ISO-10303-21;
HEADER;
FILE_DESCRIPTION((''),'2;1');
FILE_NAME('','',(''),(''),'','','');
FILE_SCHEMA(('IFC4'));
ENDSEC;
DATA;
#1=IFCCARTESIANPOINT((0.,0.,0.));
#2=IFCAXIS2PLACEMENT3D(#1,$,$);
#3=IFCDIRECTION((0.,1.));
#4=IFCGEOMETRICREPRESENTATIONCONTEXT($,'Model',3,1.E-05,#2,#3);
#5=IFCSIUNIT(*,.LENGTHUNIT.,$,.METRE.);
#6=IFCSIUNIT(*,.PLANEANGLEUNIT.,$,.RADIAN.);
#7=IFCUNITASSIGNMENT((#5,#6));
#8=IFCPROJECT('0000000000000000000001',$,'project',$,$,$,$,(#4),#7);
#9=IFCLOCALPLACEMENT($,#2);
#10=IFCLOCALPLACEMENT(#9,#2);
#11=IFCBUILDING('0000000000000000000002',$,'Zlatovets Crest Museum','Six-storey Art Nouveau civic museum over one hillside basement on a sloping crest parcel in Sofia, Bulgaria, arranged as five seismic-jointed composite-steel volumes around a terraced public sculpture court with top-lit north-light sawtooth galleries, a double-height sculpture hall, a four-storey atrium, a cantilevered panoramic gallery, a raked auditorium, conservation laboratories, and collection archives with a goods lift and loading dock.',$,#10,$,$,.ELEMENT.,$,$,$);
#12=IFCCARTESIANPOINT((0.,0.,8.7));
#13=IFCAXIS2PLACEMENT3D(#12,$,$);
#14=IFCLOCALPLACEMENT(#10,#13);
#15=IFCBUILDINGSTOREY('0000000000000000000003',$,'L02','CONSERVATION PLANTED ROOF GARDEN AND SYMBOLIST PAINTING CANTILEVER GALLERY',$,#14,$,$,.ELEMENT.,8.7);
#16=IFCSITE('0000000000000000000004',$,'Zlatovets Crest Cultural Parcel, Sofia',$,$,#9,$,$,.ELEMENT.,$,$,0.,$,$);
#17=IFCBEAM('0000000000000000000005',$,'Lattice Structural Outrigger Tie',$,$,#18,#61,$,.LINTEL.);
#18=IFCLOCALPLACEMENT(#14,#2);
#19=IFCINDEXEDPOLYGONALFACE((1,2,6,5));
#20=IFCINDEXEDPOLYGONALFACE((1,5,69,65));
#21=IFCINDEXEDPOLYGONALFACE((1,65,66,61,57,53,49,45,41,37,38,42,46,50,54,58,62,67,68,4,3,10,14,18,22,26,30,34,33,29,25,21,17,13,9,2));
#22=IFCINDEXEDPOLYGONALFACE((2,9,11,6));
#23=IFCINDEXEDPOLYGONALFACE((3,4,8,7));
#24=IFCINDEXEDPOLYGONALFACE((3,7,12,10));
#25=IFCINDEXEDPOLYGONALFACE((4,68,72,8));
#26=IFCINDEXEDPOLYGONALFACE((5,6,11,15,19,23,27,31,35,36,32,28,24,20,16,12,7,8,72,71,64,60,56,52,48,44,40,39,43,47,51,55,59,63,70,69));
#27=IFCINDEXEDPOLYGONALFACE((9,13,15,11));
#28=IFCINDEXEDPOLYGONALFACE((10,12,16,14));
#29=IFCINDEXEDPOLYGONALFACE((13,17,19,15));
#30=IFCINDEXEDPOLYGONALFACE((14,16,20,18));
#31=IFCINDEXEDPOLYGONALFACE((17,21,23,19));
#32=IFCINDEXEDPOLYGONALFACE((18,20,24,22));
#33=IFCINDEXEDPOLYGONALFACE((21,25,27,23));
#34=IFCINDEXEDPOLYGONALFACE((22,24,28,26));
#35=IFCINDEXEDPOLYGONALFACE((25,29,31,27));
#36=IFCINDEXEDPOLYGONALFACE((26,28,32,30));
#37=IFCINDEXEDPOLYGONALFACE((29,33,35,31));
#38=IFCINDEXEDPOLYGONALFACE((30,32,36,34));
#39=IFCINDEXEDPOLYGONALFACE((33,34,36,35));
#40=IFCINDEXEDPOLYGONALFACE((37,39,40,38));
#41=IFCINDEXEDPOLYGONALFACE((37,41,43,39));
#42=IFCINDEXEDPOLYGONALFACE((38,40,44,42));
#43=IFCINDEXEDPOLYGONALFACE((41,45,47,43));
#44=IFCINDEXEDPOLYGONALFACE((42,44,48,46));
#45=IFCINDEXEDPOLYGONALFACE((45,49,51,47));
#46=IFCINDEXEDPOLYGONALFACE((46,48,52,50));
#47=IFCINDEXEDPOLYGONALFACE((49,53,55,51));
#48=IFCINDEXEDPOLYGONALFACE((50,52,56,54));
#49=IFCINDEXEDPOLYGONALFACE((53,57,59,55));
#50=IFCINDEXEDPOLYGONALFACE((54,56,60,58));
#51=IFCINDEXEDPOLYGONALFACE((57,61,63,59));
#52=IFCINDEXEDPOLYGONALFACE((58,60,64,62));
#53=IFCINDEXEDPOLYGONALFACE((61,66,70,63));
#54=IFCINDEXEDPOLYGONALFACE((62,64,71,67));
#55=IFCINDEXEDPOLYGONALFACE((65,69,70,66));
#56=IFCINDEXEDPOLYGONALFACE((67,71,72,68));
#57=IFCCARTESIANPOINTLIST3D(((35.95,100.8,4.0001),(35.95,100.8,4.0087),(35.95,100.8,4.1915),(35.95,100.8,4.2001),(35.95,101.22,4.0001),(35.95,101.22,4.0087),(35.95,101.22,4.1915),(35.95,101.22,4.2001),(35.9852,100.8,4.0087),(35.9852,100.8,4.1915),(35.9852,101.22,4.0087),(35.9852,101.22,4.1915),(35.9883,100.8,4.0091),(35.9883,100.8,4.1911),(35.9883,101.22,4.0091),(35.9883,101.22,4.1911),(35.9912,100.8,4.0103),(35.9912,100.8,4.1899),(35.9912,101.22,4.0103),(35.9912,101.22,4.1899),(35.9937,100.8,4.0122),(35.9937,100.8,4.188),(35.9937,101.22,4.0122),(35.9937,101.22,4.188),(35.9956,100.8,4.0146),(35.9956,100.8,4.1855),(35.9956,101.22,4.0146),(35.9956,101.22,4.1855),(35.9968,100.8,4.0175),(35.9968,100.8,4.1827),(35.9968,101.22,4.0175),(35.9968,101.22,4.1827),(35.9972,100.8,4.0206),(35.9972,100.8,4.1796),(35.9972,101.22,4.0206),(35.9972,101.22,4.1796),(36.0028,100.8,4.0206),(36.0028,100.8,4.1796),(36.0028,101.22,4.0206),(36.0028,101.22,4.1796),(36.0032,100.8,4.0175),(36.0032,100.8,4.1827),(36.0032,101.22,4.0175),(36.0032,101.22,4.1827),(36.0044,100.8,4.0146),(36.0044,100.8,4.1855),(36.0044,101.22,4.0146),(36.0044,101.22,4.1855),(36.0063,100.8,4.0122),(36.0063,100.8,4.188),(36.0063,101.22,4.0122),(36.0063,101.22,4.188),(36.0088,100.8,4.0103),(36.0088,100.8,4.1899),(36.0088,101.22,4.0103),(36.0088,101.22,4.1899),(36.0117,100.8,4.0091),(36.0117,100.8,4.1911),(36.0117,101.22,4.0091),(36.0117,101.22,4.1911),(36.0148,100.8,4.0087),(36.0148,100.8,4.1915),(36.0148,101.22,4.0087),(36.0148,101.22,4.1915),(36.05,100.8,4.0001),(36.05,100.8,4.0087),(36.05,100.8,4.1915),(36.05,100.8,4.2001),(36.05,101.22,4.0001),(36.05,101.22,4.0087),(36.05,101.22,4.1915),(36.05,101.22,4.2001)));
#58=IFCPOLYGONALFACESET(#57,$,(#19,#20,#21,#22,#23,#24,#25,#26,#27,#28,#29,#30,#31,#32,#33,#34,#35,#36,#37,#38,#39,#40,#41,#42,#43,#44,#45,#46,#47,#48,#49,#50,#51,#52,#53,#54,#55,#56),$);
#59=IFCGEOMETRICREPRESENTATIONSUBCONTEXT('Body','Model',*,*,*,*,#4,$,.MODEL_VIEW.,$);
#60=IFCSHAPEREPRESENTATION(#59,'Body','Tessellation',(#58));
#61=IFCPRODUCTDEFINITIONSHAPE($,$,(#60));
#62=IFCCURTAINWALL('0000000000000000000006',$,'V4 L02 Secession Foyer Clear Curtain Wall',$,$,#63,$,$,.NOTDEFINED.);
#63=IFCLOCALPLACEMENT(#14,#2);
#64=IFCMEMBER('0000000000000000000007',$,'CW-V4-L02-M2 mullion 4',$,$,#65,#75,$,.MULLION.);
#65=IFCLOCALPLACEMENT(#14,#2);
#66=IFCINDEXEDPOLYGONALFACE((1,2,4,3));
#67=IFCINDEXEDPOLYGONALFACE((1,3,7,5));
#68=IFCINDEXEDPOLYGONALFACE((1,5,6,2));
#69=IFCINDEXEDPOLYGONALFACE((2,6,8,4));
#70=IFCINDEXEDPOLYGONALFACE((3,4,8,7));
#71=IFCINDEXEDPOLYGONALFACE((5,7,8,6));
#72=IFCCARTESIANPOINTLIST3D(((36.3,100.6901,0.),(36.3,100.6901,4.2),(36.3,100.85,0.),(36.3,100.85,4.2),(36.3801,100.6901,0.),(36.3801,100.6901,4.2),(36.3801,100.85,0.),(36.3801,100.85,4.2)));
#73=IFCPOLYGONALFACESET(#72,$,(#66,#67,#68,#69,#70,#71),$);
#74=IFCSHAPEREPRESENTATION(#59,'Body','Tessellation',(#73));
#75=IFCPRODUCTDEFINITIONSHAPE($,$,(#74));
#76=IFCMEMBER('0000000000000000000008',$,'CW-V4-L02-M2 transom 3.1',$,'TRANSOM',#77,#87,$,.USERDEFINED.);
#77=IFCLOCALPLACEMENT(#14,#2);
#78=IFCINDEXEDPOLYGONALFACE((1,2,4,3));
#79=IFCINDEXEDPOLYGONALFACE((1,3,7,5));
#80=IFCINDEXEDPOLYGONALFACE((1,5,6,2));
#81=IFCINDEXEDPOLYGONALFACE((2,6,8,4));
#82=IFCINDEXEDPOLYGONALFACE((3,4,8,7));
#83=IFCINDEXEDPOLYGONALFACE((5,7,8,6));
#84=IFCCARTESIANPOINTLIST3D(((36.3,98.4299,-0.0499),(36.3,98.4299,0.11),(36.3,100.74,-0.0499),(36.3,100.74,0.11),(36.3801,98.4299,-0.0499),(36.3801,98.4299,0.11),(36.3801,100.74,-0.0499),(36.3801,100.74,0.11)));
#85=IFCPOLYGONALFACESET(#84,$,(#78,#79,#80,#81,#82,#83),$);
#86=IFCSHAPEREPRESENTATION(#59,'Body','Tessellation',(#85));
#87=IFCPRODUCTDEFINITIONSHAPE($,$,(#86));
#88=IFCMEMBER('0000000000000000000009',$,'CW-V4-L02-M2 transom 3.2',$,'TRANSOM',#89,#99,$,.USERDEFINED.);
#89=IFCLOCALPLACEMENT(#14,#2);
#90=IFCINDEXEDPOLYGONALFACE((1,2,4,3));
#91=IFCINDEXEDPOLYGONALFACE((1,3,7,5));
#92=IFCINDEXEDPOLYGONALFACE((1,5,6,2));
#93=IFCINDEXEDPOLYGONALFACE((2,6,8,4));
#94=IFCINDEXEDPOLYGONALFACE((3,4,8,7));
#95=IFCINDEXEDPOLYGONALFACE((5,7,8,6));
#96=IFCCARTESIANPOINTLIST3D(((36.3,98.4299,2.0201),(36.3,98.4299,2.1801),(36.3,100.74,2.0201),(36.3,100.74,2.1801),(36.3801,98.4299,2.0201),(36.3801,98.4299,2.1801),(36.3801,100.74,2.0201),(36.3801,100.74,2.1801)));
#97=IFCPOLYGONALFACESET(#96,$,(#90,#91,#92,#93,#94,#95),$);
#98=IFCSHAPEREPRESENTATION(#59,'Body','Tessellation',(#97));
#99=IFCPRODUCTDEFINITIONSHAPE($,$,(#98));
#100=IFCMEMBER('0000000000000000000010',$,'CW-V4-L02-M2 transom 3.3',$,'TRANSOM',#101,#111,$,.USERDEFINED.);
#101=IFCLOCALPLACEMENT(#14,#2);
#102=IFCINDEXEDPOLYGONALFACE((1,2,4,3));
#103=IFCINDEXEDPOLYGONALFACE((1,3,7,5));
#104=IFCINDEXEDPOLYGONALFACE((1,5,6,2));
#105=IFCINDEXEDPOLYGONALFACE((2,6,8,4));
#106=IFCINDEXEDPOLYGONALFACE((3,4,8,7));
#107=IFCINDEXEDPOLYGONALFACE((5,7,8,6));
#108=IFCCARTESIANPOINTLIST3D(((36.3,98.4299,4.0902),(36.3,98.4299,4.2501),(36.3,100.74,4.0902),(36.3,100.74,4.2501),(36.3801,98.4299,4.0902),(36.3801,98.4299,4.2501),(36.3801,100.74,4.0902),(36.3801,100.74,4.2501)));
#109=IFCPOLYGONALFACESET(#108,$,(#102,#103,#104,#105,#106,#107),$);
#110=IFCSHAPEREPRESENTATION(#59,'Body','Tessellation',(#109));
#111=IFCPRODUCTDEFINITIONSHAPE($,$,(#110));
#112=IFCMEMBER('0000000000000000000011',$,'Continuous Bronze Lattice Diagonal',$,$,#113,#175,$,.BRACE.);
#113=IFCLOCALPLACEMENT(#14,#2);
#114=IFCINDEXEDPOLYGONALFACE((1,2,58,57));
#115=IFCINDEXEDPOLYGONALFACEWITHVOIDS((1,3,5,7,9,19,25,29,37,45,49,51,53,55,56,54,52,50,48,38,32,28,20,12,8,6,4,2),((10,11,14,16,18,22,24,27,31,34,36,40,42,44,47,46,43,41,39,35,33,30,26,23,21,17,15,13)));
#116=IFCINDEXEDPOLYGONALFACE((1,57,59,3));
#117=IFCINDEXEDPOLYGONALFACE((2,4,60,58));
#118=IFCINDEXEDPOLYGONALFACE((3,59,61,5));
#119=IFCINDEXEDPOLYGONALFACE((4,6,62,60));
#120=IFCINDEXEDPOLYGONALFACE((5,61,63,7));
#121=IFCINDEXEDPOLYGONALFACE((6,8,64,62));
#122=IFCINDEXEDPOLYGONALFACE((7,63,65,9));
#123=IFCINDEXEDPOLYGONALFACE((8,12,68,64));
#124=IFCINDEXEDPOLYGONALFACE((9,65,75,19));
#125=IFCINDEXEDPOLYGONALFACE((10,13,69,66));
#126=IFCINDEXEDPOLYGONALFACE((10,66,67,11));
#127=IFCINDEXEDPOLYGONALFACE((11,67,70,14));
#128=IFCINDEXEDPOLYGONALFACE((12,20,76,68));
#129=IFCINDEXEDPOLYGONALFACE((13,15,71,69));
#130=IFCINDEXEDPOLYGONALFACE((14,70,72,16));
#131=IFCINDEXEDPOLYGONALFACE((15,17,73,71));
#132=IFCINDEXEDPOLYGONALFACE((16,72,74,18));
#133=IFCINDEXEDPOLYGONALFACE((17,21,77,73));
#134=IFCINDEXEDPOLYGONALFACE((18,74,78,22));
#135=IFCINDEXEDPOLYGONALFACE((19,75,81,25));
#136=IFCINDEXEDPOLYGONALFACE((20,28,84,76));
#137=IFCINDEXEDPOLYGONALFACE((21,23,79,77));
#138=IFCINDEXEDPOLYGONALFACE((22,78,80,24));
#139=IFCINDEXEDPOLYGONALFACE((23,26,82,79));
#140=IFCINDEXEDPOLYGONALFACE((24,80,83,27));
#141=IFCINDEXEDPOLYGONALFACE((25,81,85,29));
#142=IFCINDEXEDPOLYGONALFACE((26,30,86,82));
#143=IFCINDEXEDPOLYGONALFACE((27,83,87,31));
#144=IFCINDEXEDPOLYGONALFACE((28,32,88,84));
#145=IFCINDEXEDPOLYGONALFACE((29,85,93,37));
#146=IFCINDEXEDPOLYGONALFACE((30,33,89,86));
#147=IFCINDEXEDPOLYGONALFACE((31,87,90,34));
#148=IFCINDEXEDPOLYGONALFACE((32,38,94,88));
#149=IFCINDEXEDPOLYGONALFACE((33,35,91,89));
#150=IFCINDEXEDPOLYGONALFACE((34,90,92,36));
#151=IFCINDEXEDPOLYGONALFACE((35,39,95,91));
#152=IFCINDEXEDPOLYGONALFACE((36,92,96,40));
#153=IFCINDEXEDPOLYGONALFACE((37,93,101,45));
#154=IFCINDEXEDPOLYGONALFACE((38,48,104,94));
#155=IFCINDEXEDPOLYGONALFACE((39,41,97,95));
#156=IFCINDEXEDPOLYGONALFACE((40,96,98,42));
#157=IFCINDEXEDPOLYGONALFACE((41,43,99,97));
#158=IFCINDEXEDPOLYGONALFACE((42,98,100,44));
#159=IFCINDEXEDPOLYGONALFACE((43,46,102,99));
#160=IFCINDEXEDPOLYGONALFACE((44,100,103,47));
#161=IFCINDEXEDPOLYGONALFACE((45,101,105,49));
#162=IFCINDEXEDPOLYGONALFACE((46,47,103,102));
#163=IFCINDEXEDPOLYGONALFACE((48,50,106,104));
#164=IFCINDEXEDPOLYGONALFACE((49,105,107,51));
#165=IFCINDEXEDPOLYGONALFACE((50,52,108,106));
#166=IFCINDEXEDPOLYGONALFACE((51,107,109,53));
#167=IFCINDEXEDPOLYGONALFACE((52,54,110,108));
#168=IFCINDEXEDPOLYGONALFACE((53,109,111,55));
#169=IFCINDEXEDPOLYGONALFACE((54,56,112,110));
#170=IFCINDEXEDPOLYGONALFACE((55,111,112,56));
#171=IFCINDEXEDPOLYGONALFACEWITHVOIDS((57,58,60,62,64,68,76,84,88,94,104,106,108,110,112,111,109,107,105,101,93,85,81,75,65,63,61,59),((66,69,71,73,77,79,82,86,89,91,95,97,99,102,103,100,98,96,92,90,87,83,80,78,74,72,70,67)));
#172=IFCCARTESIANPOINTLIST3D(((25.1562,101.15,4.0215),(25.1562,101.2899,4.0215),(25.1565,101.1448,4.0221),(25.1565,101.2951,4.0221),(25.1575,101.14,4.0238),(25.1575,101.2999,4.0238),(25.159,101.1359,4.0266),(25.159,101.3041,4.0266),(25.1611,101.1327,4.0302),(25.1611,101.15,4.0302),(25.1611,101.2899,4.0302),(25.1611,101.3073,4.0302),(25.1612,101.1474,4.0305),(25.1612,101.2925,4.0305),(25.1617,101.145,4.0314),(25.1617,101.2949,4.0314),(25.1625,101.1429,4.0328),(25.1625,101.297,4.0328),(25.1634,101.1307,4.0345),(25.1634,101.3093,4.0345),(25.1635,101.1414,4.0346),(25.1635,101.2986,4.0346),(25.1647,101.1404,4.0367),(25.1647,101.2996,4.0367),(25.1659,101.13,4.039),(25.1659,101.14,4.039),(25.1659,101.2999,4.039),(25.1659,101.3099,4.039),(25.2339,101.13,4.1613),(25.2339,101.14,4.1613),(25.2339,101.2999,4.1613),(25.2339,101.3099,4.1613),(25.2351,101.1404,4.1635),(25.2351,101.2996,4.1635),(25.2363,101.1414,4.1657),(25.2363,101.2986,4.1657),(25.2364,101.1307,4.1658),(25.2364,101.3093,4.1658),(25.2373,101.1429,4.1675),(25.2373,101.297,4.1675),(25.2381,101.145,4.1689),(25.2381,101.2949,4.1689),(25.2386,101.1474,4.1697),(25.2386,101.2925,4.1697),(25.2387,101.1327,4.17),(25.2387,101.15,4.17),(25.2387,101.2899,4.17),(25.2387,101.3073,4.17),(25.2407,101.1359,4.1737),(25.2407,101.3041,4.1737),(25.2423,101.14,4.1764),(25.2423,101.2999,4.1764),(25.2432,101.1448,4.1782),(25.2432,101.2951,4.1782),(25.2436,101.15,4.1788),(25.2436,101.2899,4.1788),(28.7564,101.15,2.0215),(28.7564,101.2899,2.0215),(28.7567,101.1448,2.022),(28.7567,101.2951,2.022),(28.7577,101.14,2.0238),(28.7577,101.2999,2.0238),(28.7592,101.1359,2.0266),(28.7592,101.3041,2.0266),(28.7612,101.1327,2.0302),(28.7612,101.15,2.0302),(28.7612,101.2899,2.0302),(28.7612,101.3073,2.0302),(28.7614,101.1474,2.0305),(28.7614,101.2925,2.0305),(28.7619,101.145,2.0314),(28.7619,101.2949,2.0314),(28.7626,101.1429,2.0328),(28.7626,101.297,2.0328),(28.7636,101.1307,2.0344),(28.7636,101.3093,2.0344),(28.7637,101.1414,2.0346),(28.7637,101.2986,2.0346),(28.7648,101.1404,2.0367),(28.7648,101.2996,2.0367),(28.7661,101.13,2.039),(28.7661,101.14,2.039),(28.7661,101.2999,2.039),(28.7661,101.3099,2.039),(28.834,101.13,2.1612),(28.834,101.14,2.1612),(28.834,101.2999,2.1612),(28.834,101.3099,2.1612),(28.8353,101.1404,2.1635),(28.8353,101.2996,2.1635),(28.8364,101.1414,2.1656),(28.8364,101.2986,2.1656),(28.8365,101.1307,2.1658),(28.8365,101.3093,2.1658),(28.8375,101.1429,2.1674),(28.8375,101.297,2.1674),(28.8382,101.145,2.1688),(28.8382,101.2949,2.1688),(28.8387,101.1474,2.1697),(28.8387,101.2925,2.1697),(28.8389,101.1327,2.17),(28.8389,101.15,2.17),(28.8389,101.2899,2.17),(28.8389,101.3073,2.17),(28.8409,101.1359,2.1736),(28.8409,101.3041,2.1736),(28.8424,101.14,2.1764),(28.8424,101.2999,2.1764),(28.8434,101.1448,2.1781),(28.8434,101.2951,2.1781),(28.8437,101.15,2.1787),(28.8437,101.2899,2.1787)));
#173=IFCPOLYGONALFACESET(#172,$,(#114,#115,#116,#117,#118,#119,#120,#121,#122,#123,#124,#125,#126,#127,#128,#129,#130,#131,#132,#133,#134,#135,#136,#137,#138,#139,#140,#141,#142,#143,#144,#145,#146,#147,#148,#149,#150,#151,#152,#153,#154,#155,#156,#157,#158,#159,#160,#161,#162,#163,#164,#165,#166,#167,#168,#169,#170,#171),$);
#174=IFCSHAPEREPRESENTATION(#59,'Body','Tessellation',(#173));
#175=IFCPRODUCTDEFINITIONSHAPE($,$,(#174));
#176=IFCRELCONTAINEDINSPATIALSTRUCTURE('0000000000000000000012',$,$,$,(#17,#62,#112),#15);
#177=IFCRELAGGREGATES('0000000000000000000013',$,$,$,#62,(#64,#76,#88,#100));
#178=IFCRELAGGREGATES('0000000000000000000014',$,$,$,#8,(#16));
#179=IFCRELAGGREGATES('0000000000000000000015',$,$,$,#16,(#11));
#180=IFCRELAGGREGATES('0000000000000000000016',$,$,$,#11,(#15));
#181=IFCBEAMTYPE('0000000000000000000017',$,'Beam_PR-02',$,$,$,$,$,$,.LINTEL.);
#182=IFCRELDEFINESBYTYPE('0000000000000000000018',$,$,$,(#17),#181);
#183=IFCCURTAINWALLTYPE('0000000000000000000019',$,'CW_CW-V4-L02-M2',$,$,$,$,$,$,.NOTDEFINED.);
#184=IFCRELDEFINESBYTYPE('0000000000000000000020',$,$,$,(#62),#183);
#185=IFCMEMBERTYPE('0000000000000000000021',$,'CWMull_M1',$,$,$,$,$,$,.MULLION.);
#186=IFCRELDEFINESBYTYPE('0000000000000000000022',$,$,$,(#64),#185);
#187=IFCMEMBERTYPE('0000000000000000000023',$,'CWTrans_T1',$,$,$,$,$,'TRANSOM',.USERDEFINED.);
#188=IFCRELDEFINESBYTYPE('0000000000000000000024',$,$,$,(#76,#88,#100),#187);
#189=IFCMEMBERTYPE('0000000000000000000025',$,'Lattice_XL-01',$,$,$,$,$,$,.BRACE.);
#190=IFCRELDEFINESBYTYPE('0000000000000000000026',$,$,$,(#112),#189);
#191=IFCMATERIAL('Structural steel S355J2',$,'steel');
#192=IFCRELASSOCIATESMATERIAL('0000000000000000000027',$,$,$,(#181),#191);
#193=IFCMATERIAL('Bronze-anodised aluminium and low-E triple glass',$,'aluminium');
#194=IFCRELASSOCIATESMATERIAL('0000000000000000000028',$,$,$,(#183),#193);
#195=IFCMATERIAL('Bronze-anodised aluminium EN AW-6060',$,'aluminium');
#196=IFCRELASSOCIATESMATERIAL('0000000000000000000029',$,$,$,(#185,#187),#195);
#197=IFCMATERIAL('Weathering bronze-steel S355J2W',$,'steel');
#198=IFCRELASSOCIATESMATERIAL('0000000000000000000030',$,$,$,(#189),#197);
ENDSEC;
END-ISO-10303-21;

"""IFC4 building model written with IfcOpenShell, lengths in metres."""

from ifc_helpers import new_model, si_unit, direction, frame, origin, origin_2d, place, context, subcontext, project, spatial, rectangle, hollow_rectangle, i_section, extrude, material, material_profile, profile_set, type_object, element, aggregate, save


model = new_model("IFC4")

# Units and contexts
model_context = context("Model", 3, precision=1e-05, world=origin(), true_north=direction((0.0, 1.0)))
body_context = subcontext(model_context, "Body", "Model", "MODEL_VIEW")
ifc_project = project(units=[si_unit("LENGTHUNIT", "METRE"), si_unit("PLANEANGLEUNIT", "RADIAN")], contexts=[model_context])

# Site, building, storey
site_placement = place(None, origin())
site = spatial("IfcSite", under=ifc_project, at=site_placement, Name="Zlatovets Crest Cultural Parcel, Sofia", CompositionType="ELEMENT", RefElevation=0.0)
building_placement = place(site_placement, origin())
building = spatial("IfcBuilding", under=site, at=building_placement, Name="Zlatovets Crest Museum", Description="Six-storey Art Nouveau civic museum over one hillside basement on a sloping crest parcel in Sofia, Bulgaria, arranged as five seismic-jointed composite-steel volumes around a terraced public sculpture court with top-lit north-light sawtooth galleries, a double-height sculpture hall, a four-storey atrium, a cantilevered panoramic gallery, a raked auditorium, conservation laboratories, and collection archives with a goods lift and loading dock.", CompositionType="ELEMENT")
storey_placement = place(building_placement, frame((0.0, 0.0, 8.7)))
storey = spatial("IfcBuildingStorey", under=building, at=storey_placement, Name="L02", Description="CONSERVATION PLANTED ROOF GARDEN AND SYMBOLIST PAINTING CANTILEVER GALLERY", CompositionType="ELEMENT", Elevation=8.7)

# Shared definitions
ifc_material_1 = material(Name="Structural steel S355J2", Category="steel")

# Beam
ifc_material_profile_1 = material_profile(ifc_material_1, i_section(OverallWidth=0.1001, OverallDepth=0.2, WebThickness=0.0056, FlangeThickness=0.0085, FilletRadius=0.012, at=origin_2d()), Name="IPE 200")
ifc_profile_set_1 = profile_set([ifc_material_profile_1], Name="Structural steel S355J2")
beam_type = type_object("IfcBeamType", Name="Beam_PR-02", PredefinedType="LINTEL", material=ifc_profile_set_1)
for number, where, z_axis, x_axis, name in (
    (1, (36.0, 100.8, 4.1001), (0.0, 1.0, 0.0), (-1.0, 0.0, 0.0), "Lattice Structural Outrigger Tie"),
):
    element("IfcBeam", number, at=place(storey_placement, frame(where, z_axis=z_axis, x_axis=x_axis)), inside=storey, type_object=beam_type, Name=name, PredefinedType="LINTEL", context=body_context, shape_type="SweptSolid", body=[
        extrude(i_section(OverallWidth=0.1001, OverallDepth=0.2, WebThickness=0.0056, FlangeThickness=0.0085, FilletRadius=0.012, at=origin_2d()), origin(), (0.0, 0.0, 1.0), 0.4199),
    ])

# Curtain wall, members
ifc_material_2 = material(Name="Bronze-anodised aluminium and low-E triple glass", Category="aluminium")
curtain_wall_type = type_object("IfcCurtainWallType", Name="CW_CW-V4-L02-M2", PredefinedType="NOTDEFINED", material=ifc_material_2)
curtain_wall_placement = place(storey_placement, origin())
curtain_wall = element("IfcCurtainWall", 2, at=curtain_wall_placement, inside=storey, type_object=curtain_wall_type, Name="V4 L02 Secession Foyer Clear Curtain Wall", PredefinedType="NOTDEFINED")
ifc_material_3 = material(Name="Bronze-anodised aluminium EN AW-6060", Category="aluminium")
ifc_material_profile_2 = material_profile(ifc_material_3, rectangle(XDim=0.0801, YDim=0.1599, at=origin_2d()), Name="ALU 80x160")
ifc_profile_set_2 = profile_set([ifc_material_profile_2], Name="Bronze-anodised aluminium EN AW-6060")
member_type_1 = type_object("IfcMemberType", Name="CWMull_M1", PredefinedType="MULLION", material=ifc_profile_set_2)
member_1_placement = place(storey_placement, frame((36.3401, 100.77, 0.0), z_axis=(0.0, 0.0, 1.0), x_axis=(-1.0, 0.0, 0.0)))
member_1 = element("IfcMember", 3, at=member_1_placement, type_object=member_type_1, Name="CW-V4-L02-M2 mullion 4", PredefinedType="MULLION", context=body_context, shape_type="SweptSolid", body=[
    extrude(rectangle(XDim=0.0801, YDim=0.1599, at=origin_2d()), origin(), (0.0, 0.0, 1.0), 4.2),
])
ifc_material_profile_3 = material_profile(ifc_material_3, rectangle(XDim=0.0801, YDim=0.1599, at=origin_2d()), Name="ALU 80x160")
ifc_profile_set_3 = profile_set([ifc_material_profile_3], Name="Bronze-anodised aluminium EN AW-6060")
member_type_2 = type_object("IfcMemberType", Name="CWTrans_T1", ElementType="TRANSOM", PredefinedType="USERDEFINED", material=ifc_profile_set_3)
member_2_placement = place(storey_placement, frame((36.3401, 98.4299, 0.03), z_axis=(0.0, 1.0, 0.0), x_axis=(-1.0, 0.0, 0.0)))
member_2 = element("IfcMember", 4, at=member_2_placement, type_object=member_type_2, Name="CW-V4-L02-M2 transom 3.1", ObjectType="TRANSOM", PredefinedType="USERDEFINED", context=body_context, shape_type="SweptSolid", body=[
    extrude(rectangle(XDim=0.0801, YDim=0.1599, at=origin_2d()), origin(), (0.0, 0.0, 1.0), 2.3101),
])
member_3_placement = place(storey_placement, frame((36.3401, 98.4299, 2.1001), z_axis=(0.0, 1.0, 0.0), x_axis=(-1.0, 0.0, 0.0)))
member_3 = element("IfcMember", 5, at=member_3_placement, type_object=member_type_2, Name="CW-V4-L02-M2 transom 3.2", ObjectType="TRANSOM", PredefinedType="USERDEFINED", context=body_context, shape_type="SweptSolid", body=[
    extrude(rectangle(XDim=0.0801, YDim=0.1599, at=origin_2d()), origin(), (0.0, 0.0, 1.0), 2.3101),
])
member_4_placement = place(storey_placement, frame((36.3401, 98.4299, 4.1702), z_axis=(0.0, 1.0, 0.0), x_axis=(-1.0, 0.0, 0.0)))
member_4 = element("IfcMember", 6, at=member_4_placement, type_object=member_type_2, Name="CW-V4-L02-M2 transom 3.3", ObjectType="TRANSOM", PredefinedType="USERDEFINED", context=body_context, shape_type="SweptSolid", body=[
    extrude(rectangle(XDim=0.0801, YDim=0.1599, at=origin_2d()), origin(), (0.0, 0.0, 1.0), 2.3101),
])

# Member
ifc_material_4 = material(Name="Weathering bronze-steel S355J2W", Category="steel")
ifc_material_profile_4 = material_profile(ifc_material_4, hollow_rectangle(XDim=0.1799, YDim=0.1799, WallThickness=0.01, InnerFilletRadius=0.01, OuterFilletRadius=0.02, at=origin_2d()), Name="SHS 180x180x10.0")
ifc_profile_set_4 = profile_set([ifc_material_profile_4], Name="Weathering bronze-steel S355J2W")
member_type_3 = type_object("IfcMemberType", Name="Lattice_XL-01", PredefinedType="BRACE", material=ifc_profile_set_4)
member_5_placement = place(storey_placement, frame((28.8, 101.22, 2.1001), z_axis=(-0.874163, 0.0, 0.485633), x_axis=(0.0, -1.0, 0.0)))
element("IfcMember", 7, at=member_5_placement, inside=storey, type_object=member_type_3, Name="Continuous Bronze Lattice Diagonal", PredefinedType="BRACE", context=body_context, shape_type="SweptSolid", body=[
    extrude(hollow_rectangle(XDim=0.1799, YDim=0.1799, WallThickness=0.01, InnerFilletRadius=0.01, OuterFilletRadius=0.02, at=origin_2d()), origin(), (0.0, 0.0, 1.0), 4.1184),
])

aggregate(curtain_wall, [member_1, member_2, member_3, member_4])

save(model, "model.ifc")
